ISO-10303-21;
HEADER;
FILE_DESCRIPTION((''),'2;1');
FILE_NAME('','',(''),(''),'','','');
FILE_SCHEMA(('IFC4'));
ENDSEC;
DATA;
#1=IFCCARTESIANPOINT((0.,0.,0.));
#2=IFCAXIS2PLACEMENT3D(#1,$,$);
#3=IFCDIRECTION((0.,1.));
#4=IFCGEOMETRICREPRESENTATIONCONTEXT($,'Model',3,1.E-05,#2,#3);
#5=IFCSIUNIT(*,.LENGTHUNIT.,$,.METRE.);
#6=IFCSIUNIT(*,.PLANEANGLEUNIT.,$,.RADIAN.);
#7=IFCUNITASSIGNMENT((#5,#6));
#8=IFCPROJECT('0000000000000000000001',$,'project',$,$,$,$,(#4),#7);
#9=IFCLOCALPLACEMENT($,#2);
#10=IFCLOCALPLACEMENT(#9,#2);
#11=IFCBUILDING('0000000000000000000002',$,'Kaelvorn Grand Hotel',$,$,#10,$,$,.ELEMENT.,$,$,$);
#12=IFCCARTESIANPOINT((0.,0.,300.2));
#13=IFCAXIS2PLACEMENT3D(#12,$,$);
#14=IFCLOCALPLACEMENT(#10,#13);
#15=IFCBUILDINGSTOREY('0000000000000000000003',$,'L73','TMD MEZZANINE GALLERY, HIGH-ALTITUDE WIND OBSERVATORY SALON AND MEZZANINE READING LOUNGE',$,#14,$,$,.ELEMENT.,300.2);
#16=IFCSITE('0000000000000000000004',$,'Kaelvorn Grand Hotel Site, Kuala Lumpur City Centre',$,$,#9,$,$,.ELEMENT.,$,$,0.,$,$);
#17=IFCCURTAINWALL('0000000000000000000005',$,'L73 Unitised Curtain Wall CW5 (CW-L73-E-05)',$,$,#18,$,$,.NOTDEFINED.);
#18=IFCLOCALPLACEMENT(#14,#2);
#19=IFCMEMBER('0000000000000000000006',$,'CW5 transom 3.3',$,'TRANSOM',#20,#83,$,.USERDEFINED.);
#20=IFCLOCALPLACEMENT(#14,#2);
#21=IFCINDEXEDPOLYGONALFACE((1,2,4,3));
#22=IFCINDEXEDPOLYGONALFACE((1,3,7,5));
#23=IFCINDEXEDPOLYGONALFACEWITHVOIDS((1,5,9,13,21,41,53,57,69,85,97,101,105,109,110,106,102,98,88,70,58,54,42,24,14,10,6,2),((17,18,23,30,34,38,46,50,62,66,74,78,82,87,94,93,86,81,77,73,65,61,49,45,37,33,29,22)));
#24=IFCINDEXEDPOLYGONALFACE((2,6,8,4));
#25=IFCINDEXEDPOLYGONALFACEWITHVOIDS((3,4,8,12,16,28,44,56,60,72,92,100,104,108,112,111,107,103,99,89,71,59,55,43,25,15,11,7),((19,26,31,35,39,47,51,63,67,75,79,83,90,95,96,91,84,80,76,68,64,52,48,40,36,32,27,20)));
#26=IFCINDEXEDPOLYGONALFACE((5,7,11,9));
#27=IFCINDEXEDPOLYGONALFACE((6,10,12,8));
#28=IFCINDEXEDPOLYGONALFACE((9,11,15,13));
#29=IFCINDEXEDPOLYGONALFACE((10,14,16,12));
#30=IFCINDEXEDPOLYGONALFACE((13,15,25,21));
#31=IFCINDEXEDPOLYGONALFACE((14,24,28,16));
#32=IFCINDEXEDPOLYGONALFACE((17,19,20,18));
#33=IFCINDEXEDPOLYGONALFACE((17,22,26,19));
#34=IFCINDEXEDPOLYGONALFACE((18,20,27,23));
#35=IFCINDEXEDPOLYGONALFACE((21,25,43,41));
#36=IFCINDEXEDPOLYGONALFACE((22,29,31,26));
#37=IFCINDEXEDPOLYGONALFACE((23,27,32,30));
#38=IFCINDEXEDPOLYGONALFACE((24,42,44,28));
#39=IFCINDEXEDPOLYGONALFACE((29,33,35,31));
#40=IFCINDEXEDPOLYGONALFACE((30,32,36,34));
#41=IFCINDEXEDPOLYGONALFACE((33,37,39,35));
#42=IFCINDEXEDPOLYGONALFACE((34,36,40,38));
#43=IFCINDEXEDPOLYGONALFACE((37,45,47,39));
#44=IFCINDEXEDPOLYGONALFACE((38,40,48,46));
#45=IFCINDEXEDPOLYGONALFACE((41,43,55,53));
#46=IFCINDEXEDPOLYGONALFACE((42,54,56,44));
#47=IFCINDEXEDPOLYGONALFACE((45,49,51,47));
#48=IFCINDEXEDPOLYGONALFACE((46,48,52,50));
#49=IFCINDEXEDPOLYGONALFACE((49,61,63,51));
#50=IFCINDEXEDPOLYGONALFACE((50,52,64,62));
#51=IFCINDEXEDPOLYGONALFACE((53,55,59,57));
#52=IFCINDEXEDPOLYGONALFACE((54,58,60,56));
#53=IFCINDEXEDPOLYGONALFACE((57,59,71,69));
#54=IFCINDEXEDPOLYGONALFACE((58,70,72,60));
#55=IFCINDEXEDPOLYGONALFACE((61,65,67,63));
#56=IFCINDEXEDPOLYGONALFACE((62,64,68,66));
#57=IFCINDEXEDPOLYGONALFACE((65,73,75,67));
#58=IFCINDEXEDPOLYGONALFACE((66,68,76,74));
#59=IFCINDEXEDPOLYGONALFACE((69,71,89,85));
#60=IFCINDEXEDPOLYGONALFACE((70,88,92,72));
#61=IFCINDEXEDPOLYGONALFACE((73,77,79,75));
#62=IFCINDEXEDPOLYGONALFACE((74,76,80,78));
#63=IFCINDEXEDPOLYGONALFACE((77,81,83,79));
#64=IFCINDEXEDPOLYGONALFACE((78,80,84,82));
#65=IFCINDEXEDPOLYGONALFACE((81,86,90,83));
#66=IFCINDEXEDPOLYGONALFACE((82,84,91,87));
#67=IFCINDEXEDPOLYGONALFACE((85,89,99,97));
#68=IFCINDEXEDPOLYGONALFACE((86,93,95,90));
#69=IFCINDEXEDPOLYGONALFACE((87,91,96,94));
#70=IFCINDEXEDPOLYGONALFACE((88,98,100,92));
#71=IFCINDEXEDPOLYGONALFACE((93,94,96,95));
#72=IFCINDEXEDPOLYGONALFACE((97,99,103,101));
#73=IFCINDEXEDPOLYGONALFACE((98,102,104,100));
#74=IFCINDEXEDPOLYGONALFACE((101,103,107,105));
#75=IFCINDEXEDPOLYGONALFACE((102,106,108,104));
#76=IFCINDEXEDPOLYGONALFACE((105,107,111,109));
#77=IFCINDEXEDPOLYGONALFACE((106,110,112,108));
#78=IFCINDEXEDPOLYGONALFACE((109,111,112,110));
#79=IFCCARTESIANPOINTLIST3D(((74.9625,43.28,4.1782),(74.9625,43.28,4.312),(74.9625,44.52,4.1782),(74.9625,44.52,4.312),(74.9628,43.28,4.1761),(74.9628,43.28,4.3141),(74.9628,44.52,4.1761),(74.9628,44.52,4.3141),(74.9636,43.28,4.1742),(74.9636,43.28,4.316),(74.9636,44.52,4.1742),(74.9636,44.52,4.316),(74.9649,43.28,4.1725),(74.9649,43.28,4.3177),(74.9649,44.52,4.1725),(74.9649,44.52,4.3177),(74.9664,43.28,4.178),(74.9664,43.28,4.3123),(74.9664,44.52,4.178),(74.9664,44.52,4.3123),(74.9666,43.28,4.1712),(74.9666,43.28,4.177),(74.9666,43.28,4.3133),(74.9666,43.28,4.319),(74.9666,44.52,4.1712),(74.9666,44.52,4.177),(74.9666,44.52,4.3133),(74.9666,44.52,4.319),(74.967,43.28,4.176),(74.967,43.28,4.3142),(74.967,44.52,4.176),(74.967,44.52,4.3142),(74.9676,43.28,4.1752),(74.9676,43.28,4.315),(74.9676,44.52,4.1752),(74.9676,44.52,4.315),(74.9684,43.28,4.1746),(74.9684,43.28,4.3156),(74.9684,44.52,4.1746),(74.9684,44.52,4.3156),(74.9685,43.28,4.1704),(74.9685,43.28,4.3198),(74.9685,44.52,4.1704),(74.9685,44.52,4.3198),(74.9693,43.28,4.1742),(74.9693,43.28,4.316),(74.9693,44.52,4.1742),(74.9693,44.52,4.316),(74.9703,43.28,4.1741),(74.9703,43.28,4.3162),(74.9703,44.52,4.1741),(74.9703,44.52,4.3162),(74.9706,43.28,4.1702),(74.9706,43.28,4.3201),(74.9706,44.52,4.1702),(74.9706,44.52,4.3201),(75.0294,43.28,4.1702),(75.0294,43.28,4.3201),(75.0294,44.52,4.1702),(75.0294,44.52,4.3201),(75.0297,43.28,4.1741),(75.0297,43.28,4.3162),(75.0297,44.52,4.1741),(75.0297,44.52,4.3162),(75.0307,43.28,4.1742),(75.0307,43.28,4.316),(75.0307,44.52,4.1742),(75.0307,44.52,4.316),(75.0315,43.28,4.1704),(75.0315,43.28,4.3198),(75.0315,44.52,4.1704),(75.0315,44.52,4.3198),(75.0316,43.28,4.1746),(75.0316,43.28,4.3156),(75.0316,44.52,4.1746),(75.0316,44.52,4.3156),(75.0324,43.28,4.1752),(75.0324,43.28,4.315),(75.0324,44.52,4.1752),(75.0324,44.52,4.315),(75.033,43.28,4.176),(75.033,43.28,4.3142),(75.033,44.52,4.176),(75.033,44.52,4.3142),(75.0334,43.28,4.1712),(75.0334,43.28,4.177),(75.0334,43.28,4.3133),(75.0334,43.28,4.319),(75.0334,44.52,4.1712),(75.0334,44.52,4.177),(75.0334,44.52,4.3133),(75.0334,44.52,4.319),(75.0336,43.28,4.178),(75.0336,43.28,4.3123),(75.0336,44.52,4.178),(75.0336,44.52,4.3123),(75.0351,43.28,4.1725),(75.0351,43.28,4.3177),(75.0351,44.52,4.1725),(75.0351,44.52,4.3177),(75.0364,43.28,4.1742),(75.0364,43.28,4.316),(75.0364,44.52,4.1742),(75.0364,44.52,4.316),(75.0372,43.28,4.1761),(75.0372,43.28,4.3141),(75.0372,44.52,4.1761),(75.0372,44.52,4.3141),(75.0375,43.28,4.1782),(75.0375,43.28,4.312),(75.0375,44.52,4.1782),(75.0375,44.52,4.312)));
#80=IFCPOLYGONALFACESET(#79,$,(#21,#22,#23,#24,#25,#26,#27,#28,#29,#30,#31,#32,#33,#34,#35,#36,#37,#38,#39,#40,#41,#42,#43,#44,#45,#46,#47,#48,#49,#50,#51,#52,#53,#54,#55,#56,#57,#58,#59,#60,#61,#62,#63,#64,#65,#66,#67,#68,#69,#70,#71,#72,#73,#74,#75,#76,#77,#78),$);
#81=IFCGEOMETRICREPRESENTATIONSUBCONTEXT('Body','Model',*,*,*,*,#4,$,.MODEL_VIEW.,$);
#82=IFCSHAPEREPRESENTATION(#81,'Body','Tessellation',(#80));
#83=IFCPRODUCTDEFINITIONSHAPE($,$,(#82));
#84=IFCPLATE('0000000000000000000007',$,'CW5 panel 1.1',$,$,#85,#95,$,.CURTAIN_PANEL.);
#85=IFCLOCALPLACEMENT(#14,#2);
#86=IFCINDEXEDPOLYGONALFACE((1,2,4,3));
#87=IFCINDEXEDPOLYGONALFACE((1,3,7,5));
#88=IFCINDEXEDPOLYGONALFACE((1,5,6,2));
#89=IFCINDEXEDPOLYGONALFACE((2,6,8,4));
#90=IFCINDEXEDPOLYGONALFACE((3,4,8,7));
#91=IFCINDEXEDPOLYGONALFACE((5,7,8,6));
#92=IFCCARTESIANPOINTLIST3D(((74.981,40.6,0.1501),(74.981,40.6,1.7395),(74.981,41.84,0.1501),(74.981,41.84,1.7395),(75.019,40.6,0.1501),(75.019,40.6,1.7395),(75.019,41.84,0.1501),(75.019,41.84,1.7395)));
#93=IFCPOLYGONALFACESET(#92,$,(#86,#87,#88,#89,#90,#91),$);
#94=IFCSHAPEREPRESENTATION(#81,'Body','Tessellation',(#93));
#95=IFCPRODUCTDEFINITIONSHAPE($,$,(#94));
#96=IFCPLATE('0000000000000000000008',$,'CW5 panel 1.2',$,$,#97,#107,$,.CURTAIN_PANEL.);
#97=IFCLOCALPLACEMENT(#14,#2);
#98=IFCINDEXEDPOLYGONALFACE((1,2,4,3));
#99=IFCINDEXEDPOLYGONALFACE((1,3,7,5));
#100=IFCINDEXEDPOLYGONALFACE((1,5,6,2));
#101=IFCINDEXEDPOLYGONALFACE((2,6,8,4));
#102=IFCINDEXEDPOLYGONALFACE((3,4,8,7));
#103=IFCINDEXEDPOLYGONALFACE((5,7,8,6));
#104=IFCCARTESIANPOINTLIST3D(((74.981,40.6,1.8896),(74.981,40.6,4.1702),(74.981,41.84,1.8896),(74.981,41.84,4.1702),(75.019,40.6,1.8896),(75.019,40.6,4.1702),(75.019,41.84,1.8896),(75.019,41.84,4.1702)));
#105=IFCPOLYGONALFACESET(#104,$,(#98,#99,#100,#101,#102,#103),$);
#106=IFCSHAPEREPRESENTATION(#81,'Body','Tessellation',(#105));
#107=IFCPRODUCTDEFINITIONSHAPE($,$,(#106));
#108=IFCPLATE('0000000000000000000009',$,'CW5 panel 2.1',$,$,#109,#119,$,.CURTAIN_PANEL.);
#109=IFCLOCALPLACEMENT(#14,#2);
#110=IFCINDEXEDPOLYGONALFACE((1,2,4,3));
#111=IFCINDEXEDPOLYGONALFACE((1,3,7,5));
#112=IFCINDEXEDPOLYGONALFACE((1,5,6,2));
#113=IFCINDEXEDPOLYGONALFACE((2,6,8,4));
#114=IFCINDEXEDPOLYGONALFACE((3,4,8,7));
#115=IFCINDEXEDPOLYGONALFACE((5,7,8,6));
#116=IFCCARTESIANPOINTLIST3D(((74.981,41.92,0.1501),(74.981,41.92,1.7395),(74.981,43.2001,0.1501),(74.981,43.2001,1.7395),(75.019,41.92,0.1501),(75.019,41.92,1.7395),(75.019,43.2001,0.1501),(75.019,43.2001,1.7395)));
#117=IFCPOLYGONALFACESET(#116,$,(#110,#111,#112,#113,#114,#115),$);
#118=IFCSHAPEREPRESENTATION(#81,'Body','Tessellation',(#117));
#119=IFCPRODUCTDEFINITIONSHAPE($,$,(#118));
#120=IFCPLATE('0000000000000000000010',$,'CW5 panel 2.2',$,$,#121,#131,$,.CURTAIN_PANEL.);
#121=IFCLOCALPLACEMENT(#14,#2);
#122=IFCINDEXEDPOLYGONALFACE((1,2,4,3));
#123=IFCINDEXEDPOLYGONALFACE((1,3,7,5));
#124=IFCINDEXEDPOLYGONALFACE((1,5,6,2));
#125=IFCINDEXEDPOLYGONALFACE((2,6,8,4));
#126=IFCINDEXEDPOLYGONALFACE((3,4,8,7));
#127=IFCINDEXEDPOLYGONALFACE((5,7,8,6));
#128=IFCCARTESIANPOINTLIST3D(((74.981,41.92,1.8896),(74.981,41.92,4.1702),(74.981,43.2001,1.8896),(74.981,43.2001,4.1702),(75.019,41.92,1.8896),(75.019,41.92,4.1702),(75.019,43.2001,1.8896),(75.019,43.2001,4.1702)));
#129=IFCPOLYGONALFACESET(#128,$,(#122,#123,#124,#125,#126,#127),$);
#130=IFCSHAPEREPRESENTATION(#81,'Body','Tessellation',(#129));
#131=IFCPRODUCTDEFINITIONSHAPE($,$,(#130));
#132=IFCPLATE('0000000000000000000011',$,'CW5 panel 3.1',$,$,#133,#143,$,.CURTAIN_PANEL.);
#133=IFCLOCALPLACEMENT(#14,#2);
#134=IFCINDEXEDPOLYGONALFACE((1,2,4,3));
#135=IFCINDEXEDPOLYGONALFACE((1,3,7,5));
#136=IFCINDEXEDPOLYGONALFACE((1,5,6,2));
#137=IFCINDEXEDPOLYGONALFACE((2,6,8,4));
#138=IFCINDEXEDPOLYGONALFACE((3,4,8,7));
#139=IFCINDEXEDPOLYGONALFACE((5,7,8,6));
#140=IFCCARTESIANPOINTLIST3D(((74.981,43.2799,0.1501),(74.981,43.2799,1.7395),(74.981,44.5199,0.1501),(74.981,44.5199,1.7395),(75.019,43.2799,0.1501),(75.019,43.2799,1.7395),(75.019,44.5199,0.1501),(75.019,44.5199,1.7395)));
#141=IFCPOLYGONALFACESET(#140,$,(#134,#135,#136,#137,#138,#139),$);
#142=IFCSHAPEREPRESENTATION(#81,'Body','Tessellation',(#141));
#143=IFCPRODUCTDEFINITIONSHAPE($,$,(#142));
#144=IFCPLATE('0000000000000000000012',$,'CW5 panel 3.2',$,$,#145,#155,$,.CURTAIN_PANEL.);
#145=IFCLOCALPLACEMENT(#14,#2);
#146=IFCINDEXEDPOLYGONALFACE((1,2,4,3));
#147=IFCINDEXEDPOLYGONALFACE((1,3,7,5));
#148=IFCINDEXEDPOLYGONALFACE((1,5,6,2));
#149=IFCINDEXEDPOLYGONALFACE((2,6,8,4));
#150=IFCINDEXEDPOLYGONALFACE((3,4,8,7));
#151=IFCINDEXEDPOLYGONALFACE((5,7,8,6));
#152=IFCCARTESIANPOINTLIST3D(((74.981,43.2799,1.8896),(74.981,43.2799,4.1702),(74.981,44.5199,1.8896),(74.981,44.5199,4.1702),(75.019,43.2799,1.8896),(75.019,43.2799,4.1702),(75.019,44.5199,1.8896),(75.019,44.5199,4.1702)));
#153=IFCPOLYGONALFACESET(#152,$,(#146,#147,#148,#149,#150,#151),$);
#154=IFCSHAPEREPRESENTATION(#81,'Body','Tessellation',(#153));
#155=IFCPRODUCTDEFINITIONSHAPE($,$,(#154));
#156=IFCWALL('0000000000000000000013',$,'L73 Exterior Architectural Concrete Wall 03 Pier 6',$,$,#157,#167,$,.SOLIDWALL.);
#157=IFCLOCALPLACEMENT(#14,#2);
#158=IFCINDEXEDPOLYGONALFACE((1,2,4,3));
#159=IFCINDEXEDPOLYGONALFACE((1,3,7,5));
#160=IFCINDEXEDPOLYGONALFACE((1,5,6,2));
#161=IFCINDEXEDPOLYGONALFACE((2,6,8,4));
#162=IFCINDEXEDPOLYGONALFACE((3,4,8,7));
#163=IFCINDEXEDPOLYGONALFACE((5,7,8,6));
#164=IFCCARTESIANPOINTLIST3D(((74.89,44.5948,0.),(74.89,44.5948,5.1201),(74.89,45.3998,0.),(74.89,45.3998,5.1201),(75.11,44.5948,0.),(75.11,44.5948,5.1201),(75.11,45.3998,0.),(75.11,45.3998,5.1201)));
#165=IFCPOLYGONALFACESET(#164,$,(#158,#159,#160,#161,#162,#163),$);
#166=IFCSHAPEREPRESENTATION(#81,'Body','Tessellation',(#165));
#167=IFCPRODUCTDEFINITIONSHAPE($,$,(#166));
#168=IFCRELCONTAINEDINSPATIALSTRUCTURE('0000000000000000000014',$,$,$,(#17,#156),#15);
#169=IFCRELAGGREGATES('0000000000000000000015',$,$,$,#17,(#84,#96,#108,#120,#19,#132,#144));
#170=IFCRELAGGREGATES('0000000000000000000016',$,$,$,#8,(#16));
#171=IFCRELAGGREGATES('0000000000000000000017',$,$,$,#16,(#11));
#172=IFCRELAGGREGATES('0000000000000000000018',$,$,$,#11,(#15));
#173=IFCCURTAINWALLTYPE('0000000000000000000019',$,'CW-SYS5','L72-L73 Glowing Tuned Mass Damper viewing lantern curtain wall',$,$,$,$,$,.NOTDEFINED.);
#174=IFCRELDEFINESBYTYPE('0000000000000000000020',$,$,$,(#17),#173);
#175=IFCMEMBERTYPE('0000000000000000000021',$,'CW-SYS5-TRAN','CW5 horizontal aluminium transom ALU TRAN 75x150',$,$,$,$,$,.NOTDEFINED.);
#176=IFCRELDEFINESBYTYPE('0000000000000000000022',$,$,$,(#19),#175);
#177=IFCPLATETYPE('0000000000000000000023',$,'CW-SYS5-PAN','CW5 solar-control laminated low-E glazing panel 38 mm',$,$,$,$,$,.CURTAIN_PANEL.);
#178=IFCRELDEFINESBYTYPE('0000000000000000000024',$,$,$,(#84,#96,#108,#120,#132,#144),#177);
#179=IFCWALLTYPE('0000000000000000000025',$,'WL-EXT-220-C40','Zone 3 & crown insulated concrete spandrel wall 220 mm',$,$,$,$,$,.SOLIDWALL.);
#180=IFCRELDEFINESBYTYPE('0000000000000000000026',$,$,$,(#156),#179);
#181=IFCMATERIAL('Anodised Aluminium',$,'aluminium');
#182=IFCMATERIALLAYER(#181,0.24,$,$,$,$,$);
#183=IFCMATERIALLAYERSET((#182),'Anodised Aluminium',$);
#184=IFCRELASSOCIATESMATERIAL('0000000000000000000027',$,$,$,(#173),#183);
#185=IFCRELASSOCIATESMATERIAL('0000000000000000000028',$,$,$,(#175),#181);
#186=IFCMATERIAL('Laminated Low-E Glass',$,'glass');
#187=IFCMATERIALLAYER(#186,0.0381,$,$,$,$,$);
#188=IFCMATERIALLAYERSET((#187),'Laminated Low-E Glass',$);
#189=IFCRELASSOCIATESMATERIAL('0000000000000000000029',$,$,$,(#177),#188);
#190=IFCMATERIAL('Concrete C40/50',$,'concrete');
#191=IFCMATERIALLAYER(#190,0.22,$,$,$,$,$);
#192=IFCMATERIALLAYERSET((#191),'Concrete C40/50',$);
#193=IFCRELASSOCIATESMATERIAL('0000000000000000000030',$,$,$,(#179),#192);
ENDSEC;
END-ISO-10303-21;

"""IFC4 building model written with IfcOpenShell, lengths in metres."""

from ifc_helpers import new_model, si_unit, direction, frame, frame_2d, origin, origin_2d, place, context, subcontext, project, spatial, rectangle, hollow_rectangle, extrude, material, layer, layer_set, material_profile, profile_set, type_object, element, aggregate, save


model = new_model("IFC4")

# Units and contexts
model_context = context("Model", 3, precision=1e-05, world=origin(), true_north=direction((0.0, 1.0)))
body_context = subcontext(model_context, "Body", "Model", "MODEL_VIEW")
ifc_project = project(units=[si_unit("LENGTHUNIT", "METRE"), si_unit("PLANEANGLEUNIT", "RADIAN")], contexts=[model_context])

# Site, building, storey
site_placement = place(None, origin())
site = spatial("IfcSite", under=ifc_project, at=site_placement, Name="Kaelvorn Grand Hotel Site, Kuala Lumpur City Centre", CompositionType="ELEMENT", RefElevation=0.0)
building_placement = place(site_placement, origin())
building = spatial("IfcBuilding", under=site, at=building_placement, Name="Kaelvorn Grand Hotel", CompositionType="ELEMENT")
storey_placement = place(building_placement, frame((0.0, 0.0, 300.2)))
storey = spatial("IfcBuildingStorey", under=building, at=storey_placement, Name="L73", Description="TMD MEZZANINE GALLERY, HIGH-ALTITUDE WIND OBSERVATORY SALON AND MEZZANINE READING LOUNGE", CompositionType="ELEMENT", Elevation=300.2)

# Curtain wall, member, plates
ifc_material_1 = material(Name="Anodised Aluminium", Category="aluminium")
ifc_layer_1 = layer(ifc_material_1, 0.24)
ifc_layer_set_1 = layer_set([ifc_layer_1], Name="Anodised Aluminium")
curtain_wall_type = type_object("IfcCurtainWallType", Name="CW-SYS5", Description="L72-L73 Glowing Tuned Mass Damper viewing lantern curtain wall", PredefinedType="NOTDEFINED", material=ifc_layer_set_1)
curtain_wall_placement = place(storey_placement, origin())
curtain_wall = element("IfcCurtainWall", 1, at=curtain_wall_placement, inside=storey, type_object=curtain_wall_type, Name="L73 Unitised Curtain Wall CW5 (CW-L73-E-05)", PredefinedType="NOTDEFINED")
ifc_material_profile_1 = material_profile(ifc_material_1, hollow_rectangle(XDim=0.075, YDim=0.1499, WallThickness=0.0039, InnerFilletRadius=0.0039, OuterFilletRadius=0.0081, at=origin_2d()), Name="ALU TRAN 75x150")
ifc_profile_set_1 = profile_set([ifc_material_profile_1], Name="Anodised Aluminium")
member_type_1 = type_object("IfcMemberType", Name="CW-SYS5-TRAN", Description="CW5 horizontal aluminium transom ALU TRAN 75x150", PredefinedType="NOTDEFINED", material=ifc_profile_set_1)
member_1_placement = place(storey_placement, frame((75.0, 43.28, 4.2451), z_axis=(0.0, 1.0, 0.0), x_axis=(-1.0, 0.0, 0.0)))
member_1 = element("IfcMember", 2, at=member_1_placement, type_object=member_type_1, Name="CW5 transom 3.3", ObjectType="TRANSOM", PredefinedType="USERDEFINED", context=body_context, shape_type="SweptSolid", body=[
    extrude(hollow_rectangle(XDim=0.075, YDim=0.1499, WallThickness=0.0039, InnerFilletRadius=0.0039, OuterFilletRadius=0.0081, at=origin_2d()), origin(), (0.0, 0.0, 1.0), 1.24),
])
ifc_material_2 = material(Name="Laminated Low-E Glass", Category="glass")
ifc_layer_2 = layer(ifc_material_2, 0.0381)
ifc_layer_set_2 = layer_set([ifc_layer_2], Name="Laminated Low-E Glass")
plate_type = type_object("IfcPlateType", Name="CW-SYS5-PAN", Description="CW5 solar-control laminated low-E glazing panel 38 mm", PredefinedType="CURTAIN_PANEL", material=ifc_layer_set_2)
plate_1_placement = place(storey_placement, frame((75.0, 41.22, 0.1501), z_axis=(0.0, 0.0, 1.0), x_axis=(0.0, 1.0, 0.0)))
plate_1 = element("IfcPlate", 3, at=plate_1_placement, type_object=plate_type, Name="CW5 panel 1.1", PredefinedType="CURTAIN_PANEL", context=body_context, shape_type="SweptSolid", body=[
    extrude(rectangle(XDim=1.24, YDim=0.0381, at=origin_2d()), origin(), (0.0, 0.0, 1.0), 1.5894),
])
plate_2_placement = place(storey_placement, frame((75.0, 41.22, 1.8896), z_axis=(0.0, 0.0, 1.0), x_axis=(0.0, 1.0, 0.0)))
plate_2 = element("IfcPlate", 4, at=plate_2_placement, type_object=plate_type, Name="CW5 panel 1.2", PredefinedType="CURTAIN_PANEL", context=body_context, shape_type="SweptSolid", body=[
    extrude(rectangle(XDim=1.24, YDim=0.0381, at=origin_2d()), origin(), (0.0, 0.0, 1.0), 2.2805),
])
plate_3_placement = place(storey_placement, frame((75.0, 42.5601, 0.1501), z_axis=(0.0, 0.0, 1.0), x_axis=(0.0, 1.0, 0.0)))
plate_3 = element("IfcPlate", 5, at=plate_3_placement, type_object=plate_type, Name="CW5 panel 2.1", PredefinedType="CURTAIN_PANEL", context=body_context, shape_type="SweptSolid", body=[
    extrude(rectangle(XDim=1.28, YDim=0.0381, at=origin_2d()), origin(), (0.0, 0.0, 1.0), 1.5894),
])
plate_4_placement = place(storey_placement, frame((75.0, 42.5601, 1.8896), z_axis=(0.0, 0.0, 1.0), x_axis=(0.0, 1.0, 0.0)))
plate_4 = element("IfcPlate", 6, at=plate_4_placement, type_object=plate_type, Name="CW5 panel 2.2", PredefinedType="CURTAIN_PANEL", context=body_context, shape_type="SweptSolid", body=[
    extrude(rectangle(XDim=1.28, YDim=0.0381, at=origin_2d()), origin(), (0.0, 0.0, 1.0), 2.2805),
])
plate_5_placement = place(storey_placement, frame((75.0, 43.8999, 0.1501), z_axis=(0.0, 0.0, 1.0), x_axis=(0.0, 1.0, 0.0)))
plate_5 = element("IfcPlate", 7, at=plate_5_placement, type_object=plate_type, Name="CW5 panel 3.1", PredefinedType="CURTAIN_PANEL", context=body_context, shape_type="SweptSolid", body=[
    extrude(rectangle(XDim=1.24, YDim=0.0381, at=origin_2d()), origin(), (0.0, 0.0, 1.0), 1.5894),
])
plate_6_placement = place(storey_placement, frame((75.0, 43.8999, 1.8896), z_axis=(0.0, 0.0, 1.0), x_axis=(0.0, 1.0, 0.0)))
plate_6 = element("IfcPlate", 8, at=plate_6_placement, type_object=plate_type, Name="CW5 panel 3.2", PredefinedType="CURTAIN_PANEL", context=body_context, shape_type="SweptSolid", body=[
    extrude(rectangle(XDim=1.24, YDim=0.0381, at=origin_2d()), origin(), (0.0, 0.0, 1.0), 2.2805),
])
aggregate(curtain_wall, [plate_1, plate_2, plate_3, plate_4, member_1, plate_5, plate_6])

# Wall
ifc_material_3 = material(Name="Concrete C40/50", Category="concrete")
ifc_layer_3 = layer(ifc_material_3, 0.22)
ifc_layer_set_3 = layer_set([ifc_layer_3], Name="Concrete C40/50")
wall_type = type_object("IfcWallType", Name="WL-EXT-220-C40", Description="Zone 3 & crown insulated concrete spandrel wall 220 mm", PredefinedType="SOLIDWALL", material=ifc_layer_set_3)
wall_1_placement = place(storey_placement, frame((75.0, 44.595, 0.0), z_axis=(0.0, 0.0, 1.0), x_axis=(0.0, 1.0, 0.0)))
element("IfcWall", 9, at=wall_1_placement, inside=storey, type_object=wall_type, Name="L73 Exterior Architectural Concrete Wall 03 Pier 6", PredefinedType="SOLIDWALL", context=body_context, shape_type="SweptSolid", body=[
    extrude(rectangle(XDim=0.8049, YDim=0.22, at=frame_2d((0.4023, 0.0))), origin(), (0.0, 0.0, 1.0), 5.1201),
])

save(model, "model.ifc")
